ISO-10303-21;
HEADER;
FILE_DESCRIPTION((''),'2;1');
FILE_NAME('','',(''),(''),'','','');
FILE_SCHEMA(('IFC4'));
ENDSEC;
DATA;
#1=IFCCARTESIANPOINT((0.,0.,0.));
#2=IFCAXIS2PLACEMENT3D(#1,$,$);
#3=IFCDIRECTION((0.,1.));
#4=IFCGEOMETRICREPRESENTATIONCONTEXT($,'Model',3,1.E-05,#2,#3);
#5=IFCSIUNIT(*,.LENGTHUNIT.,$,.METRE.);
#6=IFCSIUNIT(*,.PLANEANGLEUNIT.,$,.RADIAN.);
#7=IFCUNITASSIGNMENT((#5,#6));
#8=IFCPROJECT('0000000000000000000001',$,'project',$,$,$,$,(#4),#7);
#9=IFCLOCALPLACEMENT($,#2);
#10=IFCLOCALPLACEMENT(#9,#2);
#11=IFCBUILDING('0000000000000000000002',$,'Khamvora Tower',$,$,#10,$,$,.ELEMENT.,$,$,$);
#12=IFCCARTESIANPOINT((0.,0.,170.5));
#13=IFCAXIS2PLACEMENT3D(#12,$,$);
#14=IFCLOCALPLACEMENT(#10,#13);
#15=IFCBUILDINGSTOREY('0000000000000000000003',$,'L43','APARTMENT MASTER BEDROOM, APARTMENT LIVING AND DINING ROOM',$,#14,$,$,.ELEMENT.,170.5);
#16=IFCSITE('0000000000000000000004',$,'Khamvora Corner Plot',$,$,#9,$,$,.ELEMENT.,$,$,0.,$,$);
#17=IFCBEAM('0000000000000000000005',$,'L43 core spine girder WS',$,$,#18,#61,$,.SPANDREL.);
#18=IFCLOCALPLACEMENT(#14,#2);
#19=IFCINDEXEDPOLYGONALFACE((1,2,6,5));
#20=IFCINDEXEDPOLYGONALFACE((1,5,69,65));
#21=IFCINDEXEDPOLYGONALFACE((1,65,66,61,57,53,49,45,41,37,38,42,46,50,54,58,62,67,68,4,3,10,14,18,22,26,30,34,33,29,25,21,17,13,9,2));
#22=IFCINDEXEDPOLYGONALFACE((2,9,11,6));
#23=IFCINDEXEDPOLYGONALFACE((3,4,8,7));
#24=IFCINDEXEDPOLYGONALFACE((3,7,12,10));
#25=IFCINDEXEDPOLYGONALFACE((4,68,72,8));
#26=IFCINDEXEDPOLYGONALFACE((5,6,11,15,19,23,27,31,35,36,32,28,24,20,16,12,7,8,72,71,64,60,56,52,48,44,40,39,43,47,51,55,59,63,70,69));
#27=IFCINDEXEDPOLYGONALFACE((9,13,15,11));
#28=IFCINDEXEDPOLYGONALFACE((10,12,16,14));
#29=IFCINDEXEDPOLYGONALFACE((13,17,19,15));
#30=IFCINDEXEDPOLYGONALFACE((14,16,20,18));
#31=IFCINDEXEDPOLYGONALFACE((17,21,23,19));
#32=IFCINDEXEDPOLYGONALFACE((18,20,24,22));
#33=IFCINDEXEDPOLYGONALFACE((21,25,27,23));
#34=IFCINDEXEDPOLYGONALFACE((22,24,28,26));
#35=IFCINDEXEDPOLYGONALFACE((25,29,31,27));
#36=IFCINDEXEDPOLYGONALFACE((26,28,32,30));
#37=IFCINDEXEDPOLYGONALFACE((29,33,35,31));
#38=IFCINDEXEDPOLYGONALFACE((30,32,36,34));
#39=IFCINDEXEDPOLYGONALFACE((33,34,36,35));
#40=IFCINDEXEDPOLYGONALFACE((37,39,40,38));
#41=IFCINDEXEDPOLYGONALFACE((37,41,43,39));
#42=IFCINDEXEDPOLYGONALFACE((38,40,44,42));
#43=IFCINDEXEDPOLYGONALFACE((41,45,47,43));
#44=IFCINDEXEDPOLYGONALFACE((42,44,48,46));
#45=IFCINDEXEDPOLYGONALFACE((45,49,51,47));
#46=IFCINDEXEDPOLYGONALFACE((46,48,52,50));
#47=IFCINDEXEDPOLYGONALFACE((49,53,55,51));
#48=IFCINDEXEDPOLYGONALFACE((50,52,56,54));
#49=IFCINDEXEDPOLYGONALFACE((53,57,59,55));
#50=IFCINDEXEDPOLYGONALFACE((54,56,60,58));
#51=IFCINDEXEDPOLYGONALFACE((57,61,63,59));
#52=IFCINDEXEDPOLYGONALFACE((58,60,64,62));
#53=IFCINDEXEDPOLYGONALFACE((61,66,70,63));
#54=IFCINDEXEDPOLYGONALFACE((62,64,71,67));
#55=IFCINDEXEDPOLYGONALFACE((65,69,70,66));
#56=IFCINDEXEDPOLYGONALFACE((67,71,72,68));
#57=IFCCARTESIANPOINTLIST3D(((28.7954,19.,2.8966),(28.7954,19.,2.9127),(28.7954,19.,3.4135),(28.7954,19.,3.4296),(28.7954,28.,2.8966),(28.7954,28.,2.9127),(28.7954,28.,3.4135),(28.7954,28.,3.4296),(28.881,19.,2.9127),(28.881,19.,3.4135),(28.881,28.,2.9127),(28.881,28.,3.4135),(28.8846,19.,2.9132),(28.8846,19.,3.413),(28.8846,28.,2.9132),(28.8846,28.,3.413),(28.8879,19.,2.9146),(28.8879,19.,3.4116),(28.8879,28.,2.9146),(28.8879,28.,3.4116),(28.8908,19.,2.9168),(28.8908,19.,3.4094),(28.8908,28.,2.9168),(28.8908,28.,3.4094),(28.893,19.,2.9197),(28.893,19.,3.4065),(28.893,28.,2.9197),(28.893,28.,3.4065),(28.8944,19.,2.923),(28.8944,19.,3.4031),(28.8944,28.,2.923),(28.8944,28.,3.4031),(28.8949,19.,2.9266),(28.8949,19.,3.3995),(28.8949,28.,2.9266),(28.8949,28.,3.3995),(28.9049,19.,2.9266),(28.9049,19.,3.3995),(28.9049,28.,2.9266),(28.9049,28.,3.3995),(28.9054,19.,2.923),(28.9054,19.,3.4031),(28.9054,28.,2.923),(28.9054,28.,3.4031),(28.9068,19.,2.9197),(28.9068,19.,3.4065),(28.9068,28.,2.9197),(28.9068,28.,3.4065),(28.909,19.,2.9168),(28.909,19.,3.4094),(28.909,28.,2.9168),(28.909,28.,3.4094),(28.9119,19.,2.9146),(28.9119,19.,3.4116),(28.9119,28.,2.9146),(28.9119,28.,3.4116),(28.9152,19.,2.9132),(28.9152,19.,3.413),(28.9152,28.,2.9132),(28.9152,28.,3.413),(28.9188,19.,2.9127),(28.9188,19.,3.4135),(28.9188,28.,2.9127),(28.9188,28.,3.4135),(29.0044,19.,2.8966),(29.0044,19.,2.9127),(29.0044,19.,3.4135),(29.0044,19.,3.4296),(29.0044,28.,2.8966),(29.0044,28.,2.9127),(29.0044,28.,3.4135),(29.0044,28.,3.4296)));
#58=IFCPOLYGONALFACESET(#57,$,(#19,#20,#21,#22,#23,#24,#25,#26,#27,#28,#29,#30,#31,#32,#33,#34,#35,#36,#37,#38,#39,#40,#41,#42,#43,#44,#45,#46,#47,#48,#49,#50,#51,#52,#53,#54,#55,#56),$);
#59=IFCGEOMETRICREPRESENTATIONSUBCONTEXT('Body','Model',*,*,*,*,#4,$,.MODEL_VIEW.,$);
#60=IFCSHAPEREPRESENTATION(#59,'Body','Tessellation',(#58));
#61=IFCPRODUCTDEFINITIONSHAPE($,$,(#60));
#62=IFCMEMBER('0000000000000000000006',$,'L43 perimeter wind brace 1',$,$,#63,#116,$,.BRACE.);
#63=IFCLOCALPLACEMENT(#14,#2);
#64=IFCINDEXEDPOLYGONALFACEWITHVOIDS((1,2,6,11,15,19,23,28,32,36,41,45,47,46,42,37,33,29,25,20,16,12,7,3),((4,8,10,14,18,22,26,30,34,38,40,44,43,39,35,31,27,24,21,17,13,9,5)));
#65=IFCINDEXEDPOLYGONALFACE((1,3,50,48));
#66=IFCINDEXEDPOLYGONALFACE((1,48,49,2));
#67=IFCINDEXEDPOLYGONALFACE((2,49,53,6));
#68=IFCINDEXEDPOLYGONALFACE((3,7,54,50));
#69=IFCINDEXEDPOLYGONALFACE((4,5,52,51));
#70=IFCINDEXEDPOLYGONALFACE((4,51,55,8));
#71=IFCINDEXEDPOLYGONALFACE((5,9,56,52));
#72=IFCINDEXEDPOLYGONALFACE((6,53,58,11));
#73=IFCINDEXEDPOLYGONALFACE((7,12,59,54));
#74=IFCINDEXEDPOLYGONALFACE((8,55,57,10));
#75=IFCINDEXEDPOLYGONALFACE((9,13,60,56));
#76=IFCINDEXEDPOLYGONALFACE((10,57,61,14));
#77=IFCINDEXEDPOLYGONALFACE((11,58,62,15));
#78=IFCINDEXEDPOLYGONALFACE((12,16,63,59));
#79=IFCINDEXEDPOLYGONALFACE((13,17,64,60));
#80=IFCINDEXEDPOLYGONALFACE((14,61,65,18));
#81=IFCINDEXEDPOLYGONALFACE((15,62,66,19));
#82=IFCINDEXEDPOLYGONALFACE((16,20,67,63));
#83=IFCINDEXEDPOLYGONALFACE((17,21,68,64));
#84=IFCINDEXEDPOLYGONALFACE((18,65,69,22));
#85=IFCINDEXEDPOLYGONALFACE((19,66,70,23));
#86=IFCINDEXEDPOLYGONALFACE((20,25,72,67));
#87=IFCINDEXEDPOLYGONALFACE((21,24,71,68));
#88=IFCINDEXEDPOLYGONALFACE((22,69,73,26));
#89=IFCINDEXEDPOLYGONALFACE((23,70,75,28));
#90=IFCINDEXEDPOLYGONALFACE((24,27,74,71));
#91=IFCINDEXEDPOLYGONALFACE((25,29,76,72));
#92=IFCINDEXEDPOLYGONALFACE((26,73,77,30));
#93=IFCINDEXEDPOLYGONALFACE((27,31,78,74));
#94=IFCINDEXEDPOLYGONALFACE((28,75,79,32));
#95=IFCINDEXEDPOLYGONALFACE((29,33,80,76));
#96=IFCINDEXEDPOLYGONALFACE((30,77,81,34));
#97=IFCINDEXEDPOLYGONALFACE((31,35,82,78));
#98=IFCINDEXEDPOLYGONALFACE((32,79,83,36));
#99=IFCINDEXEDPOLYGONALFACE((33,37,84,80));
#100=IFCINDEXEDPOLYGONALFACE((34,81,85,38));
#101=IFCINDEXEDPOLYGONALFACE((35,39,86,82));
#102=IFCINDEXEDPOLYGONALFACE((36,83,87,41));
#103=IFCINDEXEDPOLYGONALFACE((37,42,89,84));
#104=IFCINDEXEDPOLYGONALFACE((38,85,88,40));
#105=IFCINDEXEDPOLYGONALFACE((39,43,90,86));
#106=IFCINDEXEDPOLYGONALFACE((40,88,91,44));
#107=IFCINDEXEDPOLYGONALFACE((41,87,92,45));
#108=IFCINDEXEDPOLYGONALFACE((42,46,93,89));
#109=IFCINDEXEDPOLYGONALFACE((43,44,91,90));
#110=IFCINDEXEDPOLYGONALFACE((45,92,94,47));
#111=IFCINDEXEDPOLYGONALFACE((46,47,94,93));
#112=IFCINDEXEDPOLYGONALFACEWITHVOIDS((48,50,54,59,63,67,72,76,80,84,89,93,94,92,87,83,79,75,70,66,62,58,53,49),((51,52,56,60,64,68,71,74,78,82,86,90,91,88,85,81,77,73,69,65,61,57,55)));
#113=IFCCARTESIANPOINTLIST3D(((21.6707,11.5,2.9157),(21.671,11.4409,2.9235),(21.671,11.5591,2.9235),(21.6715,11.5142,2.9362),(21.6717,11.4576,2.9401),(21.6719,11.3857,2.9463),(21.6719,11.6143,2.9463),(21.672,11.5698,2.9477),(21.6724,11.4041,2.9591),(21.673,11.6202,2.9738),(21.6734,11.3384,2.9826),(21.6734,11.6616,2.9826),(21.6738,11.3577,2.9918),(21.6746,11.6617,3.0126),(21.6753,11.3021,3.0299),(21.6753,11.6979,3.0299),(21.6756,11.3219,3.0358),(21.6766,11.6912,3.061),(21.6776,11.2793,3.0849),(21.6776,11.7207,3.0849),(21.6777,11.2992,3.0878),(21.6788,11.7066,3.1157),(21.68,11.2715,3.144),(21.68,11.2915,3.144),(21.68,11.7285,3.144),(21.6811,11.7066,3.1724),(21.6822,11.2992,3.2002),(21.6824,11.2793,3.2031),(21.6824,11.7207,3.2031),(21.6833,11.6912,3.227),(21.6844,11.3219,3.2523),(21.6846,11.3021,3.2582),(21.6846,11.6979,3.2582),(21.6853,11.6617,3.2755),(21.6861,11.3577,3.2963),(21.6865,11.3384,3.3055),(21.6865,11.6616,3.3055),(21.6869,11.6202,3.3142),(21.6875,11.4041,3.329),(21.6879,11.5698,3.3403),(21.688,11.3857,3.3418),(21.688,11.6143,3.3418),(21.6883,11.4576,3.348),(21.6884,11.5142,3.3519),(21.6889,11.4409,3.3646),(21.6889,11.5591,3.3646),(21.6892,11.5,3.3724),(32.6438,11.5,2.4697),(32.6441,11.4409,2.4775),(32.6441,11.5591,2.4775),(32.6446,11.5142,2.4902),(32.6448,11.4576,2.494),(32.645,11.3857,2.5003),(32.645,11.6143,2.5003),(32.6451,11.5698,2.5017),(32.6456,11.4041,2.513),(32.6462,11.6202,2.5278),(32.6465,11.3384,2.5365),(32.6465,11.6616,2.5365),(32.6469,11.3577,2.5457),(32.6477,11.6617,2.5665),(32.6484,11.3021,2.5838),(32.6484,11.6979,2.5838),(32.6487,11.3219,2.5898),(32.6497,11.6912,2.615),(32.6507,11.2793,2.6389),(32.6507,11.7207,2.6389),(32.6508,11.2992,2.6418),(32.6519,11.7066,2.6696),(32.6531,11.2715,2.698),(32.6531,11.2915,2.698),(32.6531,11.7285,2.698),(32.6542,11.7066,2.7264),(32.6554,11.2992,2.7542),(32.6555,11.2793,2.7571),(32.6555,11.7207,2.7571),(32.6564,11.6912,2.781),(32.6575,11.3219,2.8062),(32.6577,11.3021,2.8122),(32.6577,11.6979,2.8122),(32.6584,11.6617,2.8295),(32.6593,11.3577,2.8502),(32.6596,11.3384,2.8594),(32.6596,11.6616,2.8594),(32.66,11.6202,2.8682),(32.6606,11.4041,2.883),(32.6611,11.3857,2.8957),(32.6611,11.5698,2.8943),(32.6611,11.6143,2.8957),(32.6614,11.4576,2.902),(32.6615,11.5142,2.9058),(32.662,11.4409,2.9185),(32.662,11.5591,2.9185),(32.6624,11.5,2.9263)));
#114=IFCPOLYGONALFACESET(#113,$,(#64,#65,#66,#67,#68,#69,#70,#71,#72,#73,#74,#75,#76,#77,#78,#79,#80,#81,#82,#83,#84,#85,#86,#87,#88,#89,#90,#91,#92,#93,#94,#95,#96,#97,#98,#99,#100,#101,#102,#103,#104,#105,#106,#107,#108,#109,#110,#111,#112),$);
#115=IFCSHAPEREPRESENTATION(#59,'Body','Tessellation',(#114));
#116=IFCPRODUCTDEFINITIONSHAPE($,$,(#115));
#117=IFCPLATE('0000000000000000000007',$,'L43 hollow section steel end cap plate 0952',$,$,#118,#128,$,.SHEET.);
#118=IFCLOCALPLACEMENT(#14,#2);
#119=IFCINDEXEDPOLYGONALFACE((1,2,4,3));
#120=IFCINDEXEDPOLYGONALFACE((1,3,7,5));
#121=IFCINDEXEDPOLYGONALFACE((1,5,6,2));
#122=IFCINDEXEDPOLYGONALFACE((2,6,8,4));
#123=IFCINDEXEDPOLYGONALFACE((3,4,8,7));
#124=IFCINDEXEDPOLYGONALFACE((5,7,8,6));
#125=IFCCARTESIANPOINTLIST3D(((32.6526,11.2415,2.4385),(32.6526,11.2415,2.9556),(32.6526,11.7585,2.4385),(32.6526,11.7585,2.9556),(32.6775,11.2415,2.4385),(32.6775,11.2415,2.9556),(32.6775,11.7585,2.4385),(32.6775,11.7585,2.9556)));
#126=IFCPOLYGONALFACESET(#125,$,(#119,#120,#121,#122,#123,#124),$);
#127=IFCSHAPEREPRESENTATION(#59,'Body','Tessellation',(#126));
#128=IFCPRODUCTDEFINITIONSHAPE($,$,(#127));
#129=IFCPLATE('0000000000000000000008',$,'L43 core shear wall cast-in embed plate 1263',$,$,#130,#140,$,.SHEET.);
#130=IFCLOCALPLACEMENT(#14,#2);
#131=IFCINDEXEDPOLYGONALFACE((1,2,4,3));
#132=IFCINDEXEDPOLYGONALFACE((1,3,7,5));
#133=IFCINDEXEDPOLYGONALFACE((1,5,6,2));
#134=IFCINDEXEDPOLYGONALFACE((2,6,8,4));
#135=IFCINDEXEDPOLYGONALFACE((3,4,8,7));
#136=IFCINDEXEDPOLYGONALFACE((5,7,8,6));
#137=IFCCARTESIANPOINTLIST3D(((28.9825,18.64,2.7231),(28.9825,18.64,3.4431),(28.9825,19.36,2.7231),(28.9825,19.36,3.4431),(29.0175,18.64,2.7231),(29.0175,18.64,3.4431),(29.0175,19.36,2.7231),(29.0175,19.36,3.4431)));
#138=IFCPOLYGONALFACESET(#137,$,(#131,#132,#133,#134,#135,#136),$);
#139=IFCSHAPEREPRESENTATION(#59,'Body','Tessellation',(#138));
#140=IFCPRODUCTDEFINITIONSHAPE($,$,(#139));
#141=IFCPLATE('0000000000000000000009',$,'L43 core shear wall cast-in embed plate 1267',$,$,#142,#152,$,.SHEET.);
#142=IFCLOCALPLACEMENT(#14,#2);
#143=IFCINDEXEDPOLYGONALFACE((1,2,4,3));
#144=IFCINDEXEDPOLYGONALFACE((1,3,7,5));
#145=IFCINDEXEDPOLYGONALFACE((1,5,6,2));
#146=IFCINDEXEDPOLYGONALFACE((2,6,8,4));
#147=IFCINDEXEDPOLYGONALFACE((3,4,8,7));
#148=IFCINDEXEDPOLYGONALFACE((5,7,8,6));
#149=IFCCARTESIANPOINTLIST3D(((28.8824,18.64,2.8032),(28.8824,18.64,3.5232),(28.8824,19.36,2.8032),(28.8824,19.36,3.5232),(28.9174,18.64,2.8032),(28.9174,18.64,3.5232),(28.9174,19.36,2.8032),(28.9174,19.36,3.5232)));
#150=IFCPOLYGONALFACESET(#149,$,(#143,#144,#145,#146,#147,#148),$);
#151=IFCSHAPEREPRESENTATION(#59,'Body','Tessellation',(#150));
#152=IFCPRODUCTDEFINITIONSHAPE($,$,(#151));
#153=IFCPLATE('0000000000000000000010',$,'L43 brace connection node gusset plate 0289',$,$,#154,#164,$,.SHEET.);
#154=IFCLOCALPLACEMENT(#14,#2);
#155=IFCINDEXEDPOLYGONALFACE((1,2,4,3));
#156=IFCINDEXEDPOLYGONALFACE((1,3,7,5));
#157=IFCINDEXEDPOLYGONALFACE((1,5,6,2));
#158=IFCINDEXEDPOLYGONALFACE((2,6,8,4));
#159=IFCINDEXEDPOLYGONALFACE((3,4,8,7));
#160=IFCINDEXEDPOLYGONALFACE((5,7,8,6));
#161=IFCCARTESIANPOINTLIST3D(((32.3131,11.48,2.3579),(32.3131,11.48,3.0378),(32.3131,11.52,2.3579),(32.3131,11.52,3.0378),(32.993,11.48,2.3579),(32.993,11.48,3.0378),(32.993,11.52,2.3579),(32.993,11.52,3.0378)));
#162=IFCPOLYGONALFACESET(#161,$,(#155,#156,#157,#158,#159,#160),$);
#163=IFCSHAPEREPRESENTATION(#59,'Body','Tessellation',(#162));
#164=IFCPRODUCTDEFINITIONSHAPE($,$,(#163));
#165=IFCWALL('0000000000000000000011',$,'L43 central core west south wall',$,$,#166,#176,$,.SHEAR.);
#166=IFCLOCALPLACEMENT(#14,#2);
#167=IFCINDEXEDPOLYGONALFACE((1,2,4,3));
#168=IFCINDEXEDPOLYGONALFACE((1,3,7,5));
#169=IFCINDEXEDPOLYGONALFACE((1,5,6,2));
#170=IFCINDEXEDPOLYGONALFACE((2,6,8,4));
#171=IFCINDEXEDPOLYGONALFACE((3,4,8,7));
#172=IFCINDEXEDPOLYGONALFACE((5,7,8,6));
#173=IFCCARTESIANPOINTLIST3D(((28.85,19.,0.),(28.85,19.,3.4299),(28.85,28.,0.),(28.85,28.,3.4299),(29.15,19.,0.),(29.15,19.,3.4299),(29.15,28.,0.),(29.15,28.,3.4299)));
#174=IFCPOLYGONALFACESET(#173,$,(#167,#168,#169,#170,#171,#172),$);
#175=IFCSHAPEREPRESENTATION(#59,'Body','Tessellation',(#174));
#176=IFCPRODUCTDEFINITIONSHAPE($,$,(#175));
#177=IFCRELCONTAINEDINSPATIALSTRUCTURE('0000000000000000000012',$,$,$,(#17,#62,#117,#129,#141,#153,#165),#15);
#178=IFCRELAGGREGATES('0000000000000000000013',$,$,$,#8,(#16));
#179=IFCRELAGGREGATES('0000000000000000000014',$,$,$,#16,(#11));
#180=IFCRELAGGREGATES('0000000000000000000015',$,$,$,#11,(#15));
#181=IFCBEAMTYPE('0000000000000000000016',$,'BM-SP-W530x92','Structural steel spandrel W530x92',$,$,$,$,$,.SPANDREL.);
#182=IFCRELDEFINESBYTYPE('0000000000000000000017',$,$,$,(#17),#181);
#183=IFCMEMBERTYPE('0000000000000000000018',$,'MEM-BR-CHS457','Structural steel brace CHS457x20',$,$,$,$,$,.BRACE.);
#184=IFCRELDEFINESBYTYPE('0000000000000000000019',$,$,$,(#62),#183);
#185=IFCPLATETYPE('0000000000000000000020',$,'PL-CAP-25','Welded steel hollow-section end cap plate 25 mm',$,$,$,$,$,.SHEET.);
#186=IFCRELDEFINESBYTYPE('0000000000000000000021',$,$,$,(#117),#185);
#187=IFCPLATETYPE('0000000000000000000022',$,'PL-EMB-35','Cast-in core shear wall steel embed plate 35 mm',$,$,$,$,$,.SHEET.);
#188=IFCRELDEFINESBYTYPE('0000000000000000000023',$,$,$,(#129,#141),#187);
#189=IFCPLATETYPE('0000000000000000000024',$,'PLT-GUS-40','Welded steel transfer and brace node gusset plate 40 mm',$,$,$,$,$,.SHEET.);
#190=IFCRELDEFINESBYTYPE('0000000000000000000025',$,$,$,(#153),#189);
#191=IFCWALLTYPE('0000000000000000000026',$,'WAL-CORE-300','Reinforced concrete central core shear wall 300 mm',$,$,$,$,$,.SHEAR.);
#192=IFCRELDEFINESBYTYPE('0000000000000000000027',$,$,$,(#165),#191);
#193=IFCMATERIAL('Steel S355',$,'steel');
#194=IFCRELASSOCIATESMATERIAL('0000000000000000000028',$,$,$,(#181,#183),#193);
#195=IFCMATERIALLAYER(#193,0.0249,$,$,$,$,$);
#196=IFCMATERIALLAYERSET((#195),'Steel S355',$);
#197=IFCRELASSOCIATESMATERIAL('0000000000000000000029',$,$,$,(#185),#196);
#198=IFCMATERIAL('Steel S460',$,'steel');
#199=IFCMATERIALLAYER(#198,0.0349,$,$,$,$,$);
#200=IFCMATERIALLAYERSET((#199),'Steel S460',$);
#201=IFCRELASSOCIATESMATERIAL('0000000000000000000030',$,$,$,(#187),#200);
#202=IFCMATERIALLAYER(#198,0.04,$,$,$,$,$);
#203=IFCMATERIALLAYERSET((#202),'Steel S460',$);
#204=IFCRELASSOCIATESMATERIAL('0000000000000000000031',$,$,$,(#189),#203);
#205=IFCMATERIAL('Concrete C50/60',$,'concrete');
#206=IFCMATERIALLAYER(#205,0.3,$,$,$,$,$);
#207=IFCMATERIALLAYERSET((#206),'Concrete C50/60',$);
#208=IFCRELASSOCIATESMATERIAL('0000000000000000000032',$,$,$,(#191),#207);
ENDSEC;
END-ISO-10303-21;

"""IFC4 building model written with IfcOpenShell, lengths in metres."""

from ifc_helpers import new_model, si_unit, direction, frame, frame_2d, origin, origin_2d, place, context, subcontext, project, spatial, rectangle, hollow_circle, i_section, extrude, material, layer, layer_set, material_profile, profile_set, type_object, element, save


model = new_model("IFC4")

# Units and contexts
model_context = context("Model", 3, precision=1e-05, world=origin(), true_north=direction((0.0, 1.0)))
body_context = subcontext(model_context, "Body", "Model", "MODEL_VIEW")
ifc_project = project(units=[si_unit("LENGTHUNIT", "METRE"), si_unit("PLANEANGLEUNIT", "RADIAN")], contexts=[model_context])

# Site, building, storey
site_placement = place(None, origin())
site = spatial("IfcSite", under=ifc_project, at=site_placement, Name="Khamvora Corner Plot", CompositionType="ELEMENT", RefElevation=0.0)
building_placement = place(site_placement, origin())
building = spatial("IfcBuilding", under=site, at=building_placement, Name="Khamvora Tower", CompositionType="ELEMENT")
storey_placement = place(building_placement, frame((0.0, 0.0, 170.5)))
storey = spatial("IfcBuildingStorey", under=building, at=storey_placement, Name="L43", Description="APARTMENT MASTER BEDROOM, APARTMENT LIVING AND DINING ROOM", CompositionType="ELEMENT", Elevation=170.5)

# Shared definitions
ifc_material_1 = material(Name="Steel S460", Category="steel")

# Beam
ifc_material_2 = material(Name="Steel S355", Category="steel")
ifc_material_profile_1 = material_profile(ifc_material_2, i_section(OverallWidth=0.209, OverallDepth=0.533, WebThickness=0.01, FlangeThickness=0.0161, FilletRadius=0.0139, at=origin_2d()), Name="W530x92")
ifc_profile_set_1 = profile_set([ifc_material_profile_1], Name="Steel S355")
beam_type_1 = type_object("IfcBeamType", Name="BM-SP-W530x92", Description="Structural steel spandrel W530x92", PredefinedType="SPANDREL", material=ifc_profile_set_1)
beam_1_placement = place(storey_placement, frame((28.8999, 19.0, 3.1631), z_axis=(0.0, 1.0, 0.0), x_axis=(-1.0, 0.0, 0.0)))
element("IfcBeam", 1, at=beam_1_placement, inside=storey, type_object=beam_type_1, Name="L43 core spine girder WS", PredefinedType="SPANDREL", context=body_context, shape_type="SweptSolid", body=[
    extrude(i_section(OverallWidth=0.209, OverallDepth=0.533, WebThickness=0.01, FlangeThickness=0.0161, FilletRadius=0.0139, at=origin_2d()), origin(), (0.0, 0.0, 1.0), 9.0),
])

# Member
ifc_material_profile_2 = material_profile(ifc_material_2, hollow_circle(Radius=0.2285, WallThickness=0.02, at=origin_2d()), Name="CHS457x20")
ifc_profile_set_2 = profile_set([ifc_material_profile_2], Name="Steel S355")
member_type = type_object("IfcMemberType", Name="MEM-BR-CHS457", Description="Structural steel brace CHS457x20", PredefinedType="BRACE", material=ifc_profile_set_2)
member_placement = place(storey_placement, frame((32.6531, 11.5, 2.698), z_axis=(-0.999175, 0.0, 0.040615), x_axis=(0.0, -1.0, 0.0)))
element("IfcMember", 2, at=member_placement, inside=storey, type_object=member_type, Name="L43 perimeter wind brace 1", PredefinedType="BRACE", context=body_context, shape_type="SweptSolid", body=[
    extrude(hollow_circle(Radius=0.2285, WallThickness=0.02, at=origin_2d()), origin(), (0.0, 0.0, 1.0), 10.9822),
])

# Plates
ifc_layer_1 = layer(ifc_material_2, 0.0249)
ifc_layer_set_1 = layer_set([ifc_layer_1], Name="Steel S355")
plate_type_1 = type_object("IfcPlateType", Name="PL-CAP-25", Description="Welded steel hollow-section end cap plate 25 mm", PredefinedType="SHEET", material=ifc_layer_set_1)
plate_1_placement = place(storey_placement, frame((32.665, 11.5, 2.4385), z_axis=(0.0, 0.0, 1.0), x_axis=(-1.0, 0.0, 0.0)))
element("IfcPlate", 3, at=plate_1_placement, inside=storey, type_object=plate_type_1, Name="L43 hollow section steel end cap plate 0952", PredefinedType="SHEET", context=body_context, shape_type="SweptSolid", body=[
    extrude(rectangle(XDim=0.0249, YDim=0.5171, at=origin_2d()), origin(), (0.0, 0.0, 1.0), 0.5171),
])
ifc_layer_2 = layer(ifc_material_1, 0.0349)
ifc_layer_set_2 = layer_set([ifc_layer_2], Name="Steel S460")
plate_type_2 = type_object("IfcPlateType", Name="PL-EMB-35", Description="Cast-in core shear wall steel embed plate 35 mm", PredefinedType="SHEET", material=ifc_layer_set_2)
for number, where, z_axis, x_axis, name in (
    (4, (29.0, 19.0, 2.7231), (0.0, 0.0, 1.0), (1.0, 0.0, 0.0), "L43 core shear wall cast-in embed plate 1263"),
    (5, (28.8999, 19.0, 2.8032), (0.0, 0.0, 1.0), (1.0, 0.0, 0.0), "L43 core shear wall cast-in embed plate 1267"),
):
    element("IfcPlate", number, at=place(storey_placement, frame(where, z_axis=z_axis, x_axis=x_axis)), inside=storey, type_object=plate_type_2, Name=name, PredefinedType="SHEET", context=body_context, shape_type="SweptSolid", body=[
        extrude(rectangle(XDim=0.0349, YDim=0.72, at=origin_2d()), origin(), (0.0, 0.0, 1.0), 0.72),
    ])
ifc_layer_3 = layer(ifc_material_1, 0.04)
ifc_layer_set_3 = layer_set([ifc_layer_3], Name="Steel S460")
plate_type_3 = type_object("IfcPlateType", Name="PLT-GUS-40", Description="Welded steel transfer and brace node gusset plate 40 mm", PredefinedType="SHEET", material=ifc_layer_set_3)
plate_2_placement = place(storey_placement, frame((32.6531, 11.5, 2.3579), z_axis=(0.0, 0.0, 1.0), x_axis=(1.0, 0.0, 0.0)))
element("IfcPlate", 6, at=plate_2_placement, inside=storey, type_object=plate_type_3, Name="L43 brace connection node gusset plate 0289", PredefinedType="SHEET", context=body_context, shape_type="SweptSolid", body=[
    extrude(rectangle(XDim=0.6799, YDim=0.04, at=origin_2d()), origin(), (0.0, 0.0, 1.0), 0.6799),
])

# Wall
ifc_material_3 = material(Name="Concrete C50/60", Category="concrete")
ifc_layer_4 = layer(ifc_material_3, 0.3)
ifc_layer_set_4 = layer_set([ifc_layer_4], Name="Concrete C50/60")
wall_type_1 = type_object("IfcWallType", Name="WAL-CORE-300", Description="Reinforced concrete central core shear wall 300 mm", PredefinedType="SHEAR", material=ifc_layer_set_4)
wall_1_placement = place(storey_placement, frame((29.0, 19.0, 0.0), z_axis=(0.0, 0.0, 1.0), x_axis=(0.0, 1.0, 0.0)))
element("IfcWall", 7, at=wall_1_placement, inside=storey, type_object=wall_type_1, Name="L43 central core west south wall", PredefinedType="SHEAR", context=body_context, shape_type="SweptSolid", body=[
    extrude(rectangle(XDim=9.0, YDim=0.3, at=frame_2d((4.5, 0.0))), origin(), (0.0, 0.0, 1.0), 3.4299),
])

save(model, "model.ifc")
